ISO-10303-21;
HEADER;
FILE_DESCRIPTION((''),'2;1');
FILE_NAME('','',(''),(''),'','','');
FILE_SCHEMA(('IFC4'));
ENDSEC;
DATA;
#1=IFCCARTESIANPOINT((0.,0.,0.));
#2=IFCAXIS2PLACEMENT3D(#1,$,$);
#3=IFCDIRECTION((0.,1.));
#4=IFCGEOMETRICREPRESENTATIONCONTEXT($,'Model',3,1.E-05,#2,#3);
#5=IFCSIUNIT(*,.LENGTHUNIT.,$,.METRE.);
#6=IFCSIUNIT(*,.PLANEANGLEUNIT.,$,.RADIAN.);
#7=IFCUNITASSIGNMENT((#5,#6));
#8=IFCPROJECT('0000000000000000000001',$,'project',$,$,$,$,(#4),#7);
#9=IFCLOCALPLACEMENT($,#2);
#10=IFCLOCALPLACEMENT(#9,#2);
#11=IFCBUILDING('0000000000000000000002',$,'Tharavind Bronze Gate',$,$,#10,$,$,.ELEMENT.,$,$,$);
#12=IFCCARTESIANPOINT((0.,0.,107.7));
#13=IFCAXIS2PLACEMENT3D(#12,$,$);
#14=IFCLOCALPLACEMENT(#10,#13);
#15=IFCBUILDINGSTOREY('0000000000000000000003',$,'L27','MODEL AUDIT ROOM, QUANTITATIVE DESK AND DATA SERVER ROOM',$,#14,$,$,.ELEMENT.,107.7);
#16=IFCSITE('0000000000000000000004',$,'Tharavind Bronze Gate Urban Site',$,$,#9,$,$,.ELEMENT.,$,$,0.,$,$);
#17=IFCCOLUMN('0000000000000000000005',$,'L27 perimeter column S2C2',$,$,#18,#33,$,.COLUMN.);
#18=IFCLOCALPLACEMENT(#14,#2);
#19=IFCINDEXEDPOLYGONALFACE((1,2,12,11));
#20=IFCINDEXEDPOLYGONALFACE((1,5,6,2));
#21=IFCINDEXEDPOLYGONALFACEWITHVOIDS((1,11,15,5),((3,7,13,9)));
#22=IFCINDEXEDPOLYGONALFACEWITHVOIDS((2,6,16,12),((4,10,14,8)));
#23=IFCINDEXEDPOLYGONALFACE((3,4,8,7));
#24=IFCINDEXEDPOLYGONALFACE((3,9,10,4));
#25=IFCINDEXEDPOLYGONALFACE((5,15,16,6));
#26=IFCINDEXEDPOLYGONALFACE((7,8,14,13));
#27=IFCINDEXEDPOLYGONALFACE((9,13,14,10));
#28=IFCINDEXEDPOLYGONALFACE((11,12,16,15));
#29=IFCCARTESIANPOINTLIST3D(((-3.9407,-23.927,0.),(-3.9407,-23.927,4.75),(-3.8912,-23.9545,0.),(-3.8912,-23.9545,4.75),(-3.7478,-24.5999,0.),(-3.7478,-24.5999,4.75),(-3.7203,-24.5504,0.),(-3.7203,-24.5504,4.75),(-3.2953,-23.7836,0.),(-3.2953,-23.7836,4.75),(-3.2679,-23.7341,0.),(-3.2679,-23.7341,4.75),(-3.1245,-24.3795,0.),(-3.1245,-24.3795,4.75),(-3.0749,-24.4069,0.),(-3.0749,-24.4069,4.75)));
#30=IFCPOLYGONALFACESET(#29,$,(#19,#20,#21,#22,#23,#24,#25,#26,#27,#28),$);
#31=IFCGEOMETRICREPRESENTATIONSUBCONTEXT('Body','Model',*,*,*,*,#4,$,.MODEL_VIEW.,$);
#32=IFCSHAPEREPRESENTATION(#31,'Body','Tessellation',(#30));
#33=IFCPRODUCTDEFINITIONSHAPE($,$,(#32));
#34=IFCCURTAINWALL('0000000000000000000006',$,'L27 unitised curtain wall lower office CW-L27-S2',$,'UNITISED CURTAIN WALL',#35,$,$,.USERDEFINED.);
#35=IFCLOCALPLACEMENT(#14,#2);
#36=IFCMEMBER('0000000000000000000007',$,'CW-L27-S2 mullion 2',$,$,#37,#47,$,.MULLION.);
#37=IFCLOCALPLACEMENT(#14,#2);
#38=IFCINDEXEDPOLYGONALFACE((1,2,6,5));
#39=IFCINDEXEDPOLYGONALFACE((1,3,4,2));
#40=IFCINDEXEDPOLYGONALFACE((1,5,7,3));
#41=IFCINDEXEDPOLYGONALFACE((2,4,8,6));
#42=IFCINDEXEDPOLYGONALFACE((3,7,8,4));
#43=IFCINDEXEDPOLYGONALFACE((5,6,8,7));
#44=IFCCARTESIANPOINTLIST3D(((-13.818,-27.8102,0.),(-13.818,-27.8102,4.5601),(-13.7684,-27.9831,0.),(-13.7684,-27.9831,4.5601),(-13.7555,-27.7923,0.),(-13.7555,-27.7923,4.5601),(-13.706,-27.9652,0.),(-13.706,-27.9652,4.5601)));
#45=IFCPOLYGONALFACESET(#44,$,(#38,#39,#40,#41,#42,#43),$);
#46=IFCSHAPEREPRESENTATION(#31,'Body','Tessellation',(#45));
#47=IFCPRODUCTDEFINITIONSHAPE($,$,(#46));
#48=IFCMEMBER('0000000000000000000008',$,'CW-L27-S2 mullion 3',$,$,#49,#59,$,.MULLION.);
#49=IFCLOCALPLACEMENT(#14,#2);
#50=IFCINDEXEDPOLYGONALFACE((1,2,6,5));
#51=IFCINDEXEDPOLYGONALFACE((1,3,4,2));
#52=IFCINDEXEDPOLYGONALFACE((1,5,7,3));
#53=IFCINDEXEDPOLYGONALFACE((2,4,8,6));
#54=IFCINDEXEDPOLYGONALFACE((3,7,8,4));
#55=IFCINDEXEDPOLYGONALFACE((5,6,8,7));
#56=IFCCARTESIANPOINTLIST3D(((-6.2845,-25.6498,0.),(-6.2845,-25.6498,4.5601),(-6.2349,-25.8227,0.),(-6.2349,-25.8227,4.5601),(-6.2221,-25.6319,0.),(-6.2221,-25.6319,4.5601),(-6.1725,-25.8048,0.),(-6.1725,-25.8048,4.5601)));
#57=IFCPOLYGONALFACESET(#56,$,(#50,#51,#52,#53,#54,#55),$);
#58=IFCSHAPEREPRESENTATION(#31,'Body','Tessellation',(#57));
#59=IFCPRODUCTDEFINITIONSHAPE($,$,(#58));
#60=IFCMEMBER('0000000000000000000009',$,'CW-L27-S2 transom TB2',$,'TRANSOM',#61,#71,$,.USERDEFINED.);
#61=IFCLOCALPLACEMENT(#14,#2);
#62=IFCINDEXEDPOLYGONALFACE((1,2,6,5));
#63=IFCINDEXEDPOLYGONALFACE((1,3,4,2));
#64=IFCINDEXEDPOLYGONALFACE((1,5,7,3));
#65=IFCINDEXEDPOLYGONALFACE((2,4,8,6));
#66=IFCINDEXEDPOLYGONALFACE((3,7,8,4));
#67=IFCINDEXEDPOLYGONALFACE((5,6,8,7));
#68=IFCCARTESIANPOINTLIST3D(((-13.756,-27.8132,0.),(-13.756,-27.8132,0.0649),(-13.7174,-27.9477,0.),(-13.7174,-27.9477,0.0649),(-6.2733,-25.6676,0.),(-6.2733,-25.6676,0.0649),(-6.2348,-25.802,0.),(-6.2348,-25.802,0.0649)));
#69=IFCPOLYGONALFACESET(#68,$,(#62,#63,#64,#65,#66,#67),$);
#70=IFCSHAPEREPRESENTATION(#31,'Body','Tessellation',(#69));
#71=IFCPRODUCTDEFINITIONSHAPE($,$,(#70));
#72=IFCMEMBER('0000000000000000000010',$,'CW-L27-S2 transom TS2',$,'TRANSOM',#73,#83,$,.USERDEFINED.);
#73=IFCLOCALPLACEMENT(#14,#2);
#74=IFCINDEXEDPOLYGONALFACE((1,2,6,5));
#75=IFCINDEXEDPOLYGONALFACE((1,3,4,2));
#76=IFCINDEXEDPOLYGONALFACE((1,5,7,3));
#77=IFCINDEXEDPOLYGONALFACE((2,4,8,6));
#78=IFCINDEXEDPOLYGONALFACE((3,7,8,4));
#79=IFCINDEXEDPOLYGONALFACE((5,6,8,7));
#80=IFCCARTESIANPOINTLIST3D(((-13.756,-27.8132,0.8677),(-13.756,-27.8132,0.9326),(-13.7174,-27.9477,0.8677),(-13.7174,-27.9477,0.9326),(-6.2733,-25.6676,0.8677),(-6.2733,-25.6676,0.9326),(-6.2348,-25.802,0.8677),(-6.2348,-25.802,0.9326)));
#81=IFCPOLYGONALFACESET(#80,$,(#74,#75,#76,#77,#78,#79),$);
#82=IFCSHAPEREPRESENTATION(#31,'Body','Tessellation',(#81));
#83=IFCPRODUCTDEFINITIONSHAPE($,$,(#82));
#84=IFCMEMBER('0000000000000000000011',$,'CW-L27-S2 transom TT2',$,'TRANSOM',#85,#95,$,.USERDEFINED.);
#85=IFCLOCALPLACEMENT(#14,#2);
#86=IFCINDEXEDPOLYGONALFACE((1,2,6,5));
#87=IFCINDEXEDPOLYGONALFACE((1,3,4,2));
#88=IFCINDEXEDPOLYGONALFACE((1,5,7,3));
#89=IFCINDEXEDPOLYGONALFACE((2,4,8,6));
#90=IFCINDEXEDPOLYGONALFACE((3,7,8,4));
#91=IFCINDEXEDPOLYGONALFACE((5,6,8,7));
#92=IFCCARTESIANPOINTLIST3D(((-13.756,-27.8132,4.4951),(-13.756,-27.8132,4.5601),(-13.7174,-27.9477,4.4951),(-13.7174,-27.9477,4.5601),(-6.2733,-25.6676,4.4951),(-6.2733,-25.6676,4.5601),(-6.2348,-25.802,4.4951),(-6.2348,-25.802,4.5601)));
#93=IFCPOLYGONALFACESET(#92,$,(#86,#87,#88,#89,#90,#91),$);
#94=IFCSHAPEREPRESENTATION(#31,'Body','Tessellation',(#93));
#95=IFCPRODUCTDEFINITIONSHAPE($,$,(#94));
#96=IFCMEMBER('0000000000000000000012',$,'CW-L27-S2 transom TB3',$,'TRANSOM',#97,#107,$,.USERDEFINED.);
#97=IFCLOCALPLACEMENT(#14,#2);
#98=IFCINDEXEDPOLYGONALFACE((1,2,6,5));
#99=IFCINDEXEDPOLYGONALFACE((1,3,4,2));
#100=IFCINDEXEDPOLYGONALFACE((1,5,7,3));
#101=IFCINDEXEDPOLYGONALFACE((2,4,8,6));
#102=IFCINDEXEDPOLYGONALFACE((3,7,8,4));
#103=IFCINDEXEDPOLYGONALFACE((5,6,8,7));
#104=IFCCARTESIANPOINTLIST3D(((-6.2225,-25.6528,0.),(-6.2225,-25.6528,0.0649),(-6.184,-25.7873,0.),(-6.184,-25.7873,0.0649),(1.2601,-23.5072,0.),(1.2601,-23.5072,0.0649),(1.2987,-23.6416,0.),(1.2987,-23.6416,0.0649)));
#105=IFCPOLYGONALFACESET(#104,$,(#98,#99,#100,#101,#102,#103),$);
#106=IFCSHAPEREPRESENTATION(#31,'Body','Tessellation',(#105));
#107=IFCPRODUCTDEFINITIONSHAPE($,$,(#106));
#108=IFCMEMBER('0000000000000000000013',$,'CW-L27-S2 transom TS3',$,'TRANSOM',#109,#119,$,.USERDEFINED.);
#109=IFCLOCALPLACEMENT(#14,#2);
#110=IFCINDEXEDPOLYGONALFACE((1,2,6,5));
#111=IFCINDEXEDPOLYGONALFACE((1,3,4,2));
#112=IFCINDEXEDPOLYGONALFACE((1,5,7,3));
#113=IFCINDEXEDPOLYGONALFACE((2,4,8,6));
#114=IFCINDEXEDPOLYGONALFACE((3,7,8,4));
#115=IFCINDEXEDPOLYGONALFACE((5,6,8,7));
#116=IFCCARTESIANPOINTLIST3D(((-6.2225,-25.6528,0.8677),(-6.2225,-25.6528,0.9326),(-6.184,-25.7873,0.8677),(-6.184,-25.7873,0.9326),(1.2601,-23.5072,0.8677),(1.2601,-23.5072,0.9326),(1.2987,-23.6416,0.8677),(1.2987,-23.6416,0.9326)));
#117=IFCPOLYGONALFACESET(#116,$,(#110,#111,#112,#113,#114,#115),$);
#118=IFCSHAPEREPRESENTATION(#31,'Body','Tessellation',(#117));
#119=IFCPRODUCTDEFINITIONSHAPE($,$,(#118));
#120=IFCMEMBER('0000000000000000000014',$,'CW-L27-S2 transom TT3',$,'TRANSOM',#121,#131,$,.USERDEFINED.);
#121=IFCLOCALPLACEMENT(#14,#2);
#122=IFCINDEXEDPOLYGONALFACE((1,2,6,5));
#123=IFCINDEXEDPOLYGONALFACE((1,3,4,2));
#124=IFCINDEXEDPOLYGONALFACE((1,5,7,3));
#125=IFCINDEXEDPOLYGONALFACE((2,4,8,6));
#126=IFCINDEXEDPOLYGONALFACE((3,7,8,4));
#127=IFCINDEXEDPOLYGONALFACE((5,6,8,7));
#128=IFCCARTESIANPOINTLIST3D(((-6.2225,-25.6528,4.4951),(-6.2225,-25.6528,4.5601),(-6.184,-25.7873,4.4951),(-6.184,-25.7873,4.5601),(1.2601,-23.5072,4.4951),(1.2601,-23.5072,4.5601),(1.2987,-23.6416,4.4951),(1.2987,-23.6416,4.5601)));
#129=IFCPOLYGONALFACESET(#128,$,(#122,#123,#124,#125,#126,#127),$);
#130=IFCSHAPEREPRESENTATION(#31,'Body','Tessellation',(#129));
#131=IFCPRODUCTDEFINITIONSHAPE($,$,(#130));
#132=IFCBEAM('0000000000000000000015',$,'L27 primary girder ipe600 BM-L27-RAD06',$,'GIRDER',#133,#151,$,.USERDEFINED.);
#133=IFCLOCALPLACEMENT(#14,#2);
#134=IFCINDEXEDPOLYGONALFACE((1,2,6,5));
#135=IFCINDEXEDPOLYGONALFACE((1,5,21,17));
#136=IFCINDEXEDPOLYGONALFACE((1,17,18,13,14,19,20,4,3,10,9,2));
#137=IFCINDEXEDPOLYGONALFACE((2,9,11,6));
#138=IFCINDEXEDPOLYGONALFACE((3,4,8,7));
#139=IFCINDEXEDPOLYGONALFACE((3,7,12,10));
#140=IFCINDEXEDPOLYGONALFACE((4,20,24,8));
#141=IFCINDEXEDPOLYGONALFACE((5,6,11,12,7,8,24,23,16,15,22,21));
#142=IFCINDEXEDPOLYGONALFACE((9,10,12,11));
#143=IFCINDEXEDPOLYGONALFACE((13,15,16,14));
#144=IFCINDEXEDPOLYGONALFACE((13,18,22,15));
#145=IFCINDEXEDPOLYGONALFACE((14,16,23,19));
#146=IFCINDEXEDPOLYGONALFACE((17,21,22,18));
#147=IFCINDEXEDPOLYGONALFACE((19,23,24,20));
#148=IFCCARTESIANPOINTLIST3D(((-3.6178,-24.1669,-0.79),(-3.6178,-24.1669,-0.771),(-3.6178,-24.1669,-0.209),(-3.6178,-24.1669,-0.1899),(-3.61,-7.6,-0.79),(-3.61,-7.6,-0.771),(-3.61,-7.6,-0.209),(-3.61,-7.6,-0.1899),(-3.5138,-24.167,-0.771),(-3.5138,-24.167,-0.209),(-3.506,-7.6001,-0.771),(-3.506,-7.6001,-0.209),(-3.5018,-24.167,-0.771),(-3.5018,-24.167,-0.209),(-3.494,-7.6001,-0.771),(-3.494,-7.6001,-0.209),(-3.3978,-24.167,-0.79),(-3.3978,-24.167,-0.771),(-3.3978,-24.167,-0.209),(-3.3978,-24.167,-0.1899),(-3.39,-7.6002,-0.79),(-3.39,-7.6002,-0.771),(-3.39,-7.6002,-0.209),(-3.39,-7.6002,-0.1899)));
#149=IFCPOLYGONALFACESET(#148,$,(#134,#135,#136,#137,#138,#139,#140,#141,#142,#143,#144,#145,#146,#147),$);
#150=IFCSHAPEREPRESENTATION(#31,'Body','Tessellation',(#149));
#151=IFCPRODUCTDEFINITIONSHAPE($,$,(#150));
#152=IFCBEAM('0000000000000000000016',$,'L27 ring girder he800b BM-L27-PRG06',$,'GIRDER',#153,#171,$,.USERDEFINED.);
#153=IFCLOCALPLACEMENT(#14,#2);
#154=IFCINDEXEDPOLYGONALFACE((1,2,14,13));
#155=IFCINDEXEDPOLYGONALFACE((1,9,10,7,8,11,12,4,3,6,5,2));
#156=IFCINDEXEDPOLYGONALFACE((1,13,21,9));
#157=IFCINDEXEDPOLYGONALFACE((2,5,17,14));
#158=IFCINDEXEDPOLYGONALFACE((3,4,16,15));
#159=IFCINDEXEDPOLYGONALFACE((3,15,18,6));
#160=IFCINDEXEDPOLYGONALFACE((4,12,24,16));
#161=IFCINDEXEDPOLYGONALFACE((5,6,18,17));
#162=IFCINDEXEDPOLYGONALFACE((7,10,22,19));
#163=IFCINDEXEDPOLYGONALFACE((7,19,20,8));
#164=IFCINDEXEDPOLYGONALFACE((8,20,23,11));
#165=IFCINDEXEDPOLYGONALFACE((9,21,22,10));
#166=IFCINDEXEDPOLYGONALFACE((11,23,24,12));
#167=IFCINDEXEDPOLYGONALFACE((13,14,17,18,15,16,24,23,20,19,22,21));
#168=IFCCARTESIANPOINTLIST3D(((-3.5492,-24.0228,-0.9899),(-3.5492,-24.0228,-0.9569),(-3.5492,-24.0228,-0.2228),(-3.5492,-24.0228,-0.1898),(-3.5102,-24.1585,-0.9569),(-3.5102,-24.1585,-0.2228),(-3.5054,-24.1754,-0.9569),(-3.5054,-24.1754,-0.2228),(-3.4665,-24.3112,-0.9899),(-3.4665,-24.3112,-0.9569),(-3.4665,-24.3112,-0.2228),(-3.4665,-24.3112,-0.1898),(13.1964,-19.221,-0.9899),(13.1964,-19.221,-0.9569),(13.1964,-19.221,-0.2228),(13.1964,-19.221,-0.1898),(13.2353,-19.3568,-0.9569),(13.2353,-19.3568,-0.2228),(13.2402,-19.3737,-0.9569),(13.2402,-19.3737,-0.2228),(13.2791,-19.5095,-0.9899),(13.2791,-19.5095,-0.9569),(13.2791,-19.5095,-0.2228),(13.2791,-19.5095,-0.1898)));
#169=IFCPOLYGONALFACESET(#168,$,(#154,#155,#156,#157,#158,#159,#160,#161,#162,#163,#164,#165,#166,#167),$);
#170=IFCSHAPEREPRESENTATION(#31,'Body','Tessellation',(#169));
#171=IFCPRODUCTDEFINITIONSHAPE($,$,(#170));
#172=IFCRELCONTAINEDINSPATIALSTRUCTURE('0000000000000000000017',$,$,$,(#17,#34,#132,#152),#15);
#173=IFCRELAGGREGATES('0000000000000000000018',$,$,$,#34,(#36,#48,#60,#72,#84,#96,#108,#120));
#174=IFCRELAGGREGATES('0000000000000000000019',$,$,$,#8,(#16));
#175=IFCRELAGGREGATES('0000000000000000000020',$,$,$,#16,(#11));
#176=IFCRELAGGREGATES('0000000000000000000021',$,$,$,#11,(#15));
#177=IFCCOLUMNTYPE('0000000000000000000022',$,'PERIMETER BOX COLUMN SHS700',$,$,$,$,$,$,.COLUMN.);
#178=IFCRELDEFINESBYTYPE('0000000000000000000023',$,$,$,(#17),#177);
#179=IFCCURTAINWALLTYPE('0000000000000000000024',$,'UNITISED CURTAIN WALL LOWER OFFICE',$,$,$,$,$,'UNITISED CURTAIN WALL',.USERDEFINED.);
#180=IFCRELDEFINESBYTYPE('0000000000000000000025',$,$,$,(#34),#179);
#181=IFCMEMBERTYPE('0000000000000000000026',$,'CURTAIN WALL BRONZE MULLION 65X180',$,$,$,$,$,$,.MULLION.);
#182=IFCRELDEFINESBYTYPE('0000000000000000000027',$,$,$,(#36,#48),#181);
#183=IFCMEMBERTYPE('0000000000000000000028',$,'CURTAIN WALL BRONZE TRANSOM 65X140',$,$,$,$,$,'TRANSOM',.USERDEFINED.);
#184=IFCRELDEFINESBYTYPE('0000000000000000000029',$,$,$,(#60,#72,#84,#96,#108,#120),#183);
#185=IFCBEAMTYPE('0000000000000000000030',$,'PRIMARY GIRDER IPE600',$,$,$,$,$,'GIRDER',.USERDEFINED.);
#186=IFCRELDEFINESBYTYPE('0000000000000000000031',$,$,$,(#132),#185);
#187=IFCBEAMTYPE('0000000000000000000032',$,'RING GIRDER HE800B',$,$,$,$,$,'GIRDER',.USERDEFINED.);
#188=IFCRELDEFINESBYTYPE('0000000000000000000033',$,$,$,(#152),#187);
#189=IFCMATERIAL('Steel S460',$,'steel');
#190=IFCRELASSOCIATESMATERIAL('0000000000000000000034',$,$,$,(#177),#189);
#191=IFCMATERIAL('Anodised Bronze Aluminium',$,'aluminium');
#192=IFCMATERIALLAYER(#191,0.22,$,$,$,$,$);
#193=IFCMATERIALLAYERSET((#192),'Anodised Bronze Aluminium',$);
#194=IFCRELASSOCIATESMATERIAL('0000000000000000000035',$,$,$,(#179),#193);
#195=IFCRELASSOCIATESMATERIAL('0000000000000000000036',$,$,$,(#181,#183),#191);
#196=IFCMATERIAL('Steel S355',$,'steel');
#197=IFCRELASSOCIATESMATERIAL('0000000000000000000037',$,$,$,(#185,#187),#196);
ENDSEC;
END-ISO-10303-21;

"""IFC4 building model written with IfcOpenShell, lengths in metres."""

from ifc_helpers import new_model, si_unit, direction, frame, origin, origin_2d, place, context, subcontext, project, spatial, rectangle, hollow_rectangle, i_section, extrude, material, layer, layer_set, material_profile, profile_set, type_object, element, aggregate, save


model = new_model("IFC4")

# Units and contexts
model_context = context("Model", 3, precision=1e-05, world=origin(), true_north=direction((0.0, 1.0)))
body_context = subcontext(model_context, "Body", "Model", "MODEL_VIEW")
ifc_project = project(units=[si_unit("LENGTHUNIT", "METRE"), si_unit("PLANEANGLEUNIT", "RADIAN")], contexts=[model_context])

# Site, building, storey
site_placement = place(None, origin())
site = spatial("IfcSite", under=ifc_project, at=site_placement, Name="Tharavind Bronze Gate Urban Site", CompositionType="ELEMENT", RefElevation=0.0)
building_placement = place(site_placement, origin())
building = spatial("IfcBuilding", under=site, at=building_placement, Name="Tharavind Bronze Gate", CompositionType="ELEMENT")
storey_placement = place(building_placement, frame((0.0, 0.0, 107.7)))
storey = spatial("IfcBuildingStorey", under=building, at=storey_placement, Name="L27", Description="MODEL AUDIT ROOM, QUANTITATIVE DESK AND DATA SERVER ROOM", CompositionType="ELEMENT", Elevation=107.7)

# Column
ifc_material_1 = material(Name="Steel S460", Category="steel")
ifc_material_profile_1 = material_profile(ifc_material_1, hollow_rectangle(XDim=0.7, YDim=0.7, WallThickness=0.04, at=origin_2d()), Name="SHS700X40")
ifc_profile_set_1 = profile_set([ifc_material_profile_1], Name="Steel S460")
column_type = type_object("IfcColumnType", Name="PERIMETER BOX COLUMN SHS700", PredefinedType="COLUMN", material=ifc_profile_set_1)
column_placement = place(storey_placement, frame((-3.5078, -24.167, 0.0), z_axis=(0.0, 0.0, 1.0), x_axis=(0.961262, 0.275637, 0.0)))
element("IfcColumn", 1, at=column_placement, inside=storey, type_object=column_type, Name="L27 perimeter column S2C2", PredefinedType="COLUMN", context=body_context, shape_type="SweptSolid", body=[
    extrude(hollow_rectangle(XDim=0.7, YDim=0.7, WallThickness=0.04, at=origin_2d()), origin(), (0.0, 0.0, 1.0), 4.75),
])

# Curtain wall, members
ifc_material_2 = material(Name="Anodised Bronze Aluminium", Category="aluminium")
ifc_layer_1 = layer(ifc_material_2, 0.22)
ifc_layer_set_1 = layer_set([ifc_layer_1], Name="Anodised Bronze Aluminium")
curtain_wall_type = type_object("IfcCurtainWallType", Name="UNITISED CURTAIN WALL LOWER OFFICE", ElementType="UNITISED CURTAIN WALL", PredefinedType="USERDEFINED", material=ifc_layer_set_1)
curtain_wall_placement = place(storey_placement, origin())
curtain_wall = element("IfcCurtainWall", 2, at=curtain_wall_placement, inside=storey, type_object=curtain_wall_type, Name="L27 unitised curtain wall lower office CW-L27-S2", ObjectType="UNITISED CURTAIN WALL", PredefinedType="USERDEFINED")
member_type_1 = type_object("IfcMemberType", Name="CURTAIN WALL BRONZE MULLION 65X180", PredefinedType="MULLION", material=ifc_material_2)
member_1_placement = place(storey_placement, frame((-13.762, -27.8877, 0.0), z_axis=(0.0, 0.0, 1.0), x_axis=(0.961262, 0.275637, 0.0)))
member_1 = element("IfcMember", 3, at=member_1_placement, type_object=member_type_1, Name="CW-L27-S2 mullion 2", PredefinedType="MULLION", context=body_context, shape_type="SweptSolid", body=[
    extrude(rectangle(XDim=0.0649, YDim=0.1799, at=origin_2d()), origin(), (0.0, 0.0, 1.0), 4.5601),
])
member_2_placement = place(storey_placement, frame((-6.2285, -25.7273, 0.0), z_axis=(0.0, 0.0, 1.0), x_axis=(0.961262, 0.275637, 0.0)))
member_2 = element("IfcMember", 4, at=member_2_placement, type_object=member_type_1, Name="CW-L27-S2 mullion 3", PredefinedType="MULLION", context=body_context, shape_type="SweptSolid", body=[
    extrude(rectangle(XDim=0.0649, YDim=0.1799, at=origin_2d()), origin(), (0.0, 0.0, 1.0), 4.5601),
])
member_type_2 = type_object("IfcMemberType", Name="CURTAIN WALL BRONZE TRANSOM 65X140", ElementType="TRANSOM", PredefinedType="USERDEFINED", material=ifc_material_2)
member_3_placement = place(storey_placement, frame((-9.9954, -26.8076, 0.0), z_axis=(0.0, 0.0, 1.0), x_axis=(0.961262, 0.275637, 0.0)))
member_3 = element("IfcMember", 5, at=member_3_placement, type_object=member_type_2, Name="CW-L27-S2 transom TB2", ObjectType="TRANSOM", PredefinedType="USERDEFINED", context=body_context, shape_type="SweptSolid", body=[
    extrude(rectangle(XDim=7.7842, YDim=0.1399, at=origin_2d()), origin(), (0.0, 0.0, 1.0), 0.0649),
])
member_4_placement = place(storey_placement, frame((-9.9954, -26.8076, 0.8677), z_axis=(0.0, 0.0, 1.0), x_axis=(0.961262, 0.275637, 0.0)))
member_4 = element("IfcMember", 6, at=member_4_placement, type_object=member_type_2, Name="CW-L27-S2 transom TS2", ObjectType="TRANSOM", PredefinedType="USERDEFINED", context=body_context, shape_type="SweptSolid", body=[
    extrude(rectangle(XDim=7.7842, YDim=0.1399, at=origin_2d()), origin(), (0.0, 0.0, 1.0), 0.0649),
])
member_5_placement = place(storey_placement, frame((-9.9954, -26.8076, 4.4951), z_axis=(0.0, 0.0, 1.0), x_axis=(0.961262, 0.275637, 0.0)))
member_5 = element("IfcMember", 7, at=member_5_placement, type_object=member_type_2, Name="CW-L27-S2 transom TT2", ObjectType="TRANSOM", PredefinedType="USERDEFINED", context=body_context, shape_type="SweptSolid", body=[
    extrude(rectangle(XDim=7.7842, YDim=0.1399, at=origin_2d()), origin(), (0.0, 0.0, 1.0), 0.0649),
])
member_6_placement = place(storey_placement, frame((-2.4619, -24.6472, 0.0), z_axis=(0.0, 0.0, 1.0), x_axis=(0.961262, 0.275637, 0.0)))
member_6 = element("IfcMember", 8, at=member_6_placement, type_object=member_type_2, Name="CW-L27-S2 transom TB3", ObjectType="TRANSOM", PredefinedType="USERDEFINED", context=body_context, shape_type="SweptSolid", body=[
    extrude(rectangle(XDim=7.7842, YDim=0.1399, at=origin_2d()), origin(), (0.0, 0.0, 1.0), 0.0649),
])
member_7_placement = place(storey_placement, frame((-2.4619, -24.6472, 0.8677), z_axis=(0.0, 0.0, 1.0), x_axis=(0.961262, 0.275637, 0.0)))
member_7 = element("IfcMember", 9, at=member_7_placement, type_object=member_type_2, Name="CW-L27-S2 transom TS3", ObjectType="TRANSOM", PredefinedType="USERDEFINED", context=body_context, shape_type="SweptSolid", body=[
    extrude(rectangle(XDim=7.7842, YDim=0.1399, at=origin_2d()), origin(), (0.0, 0.0, 1.0), 0.0649),
])
member_8_placement = place(storey_placement, frame((-2.4619, -24.6472, 4.4951), z_axis=(0.0, 0.0, 1.0), x_axis=(0.961262, 0.275637, 0.0)))
member_8 = element("IfcMember", 10, at=member_8_placement, type_object=member_type_2, Name="CW-L27-S2 transom TT3", ObjectType="TRANSOM", PredefinedType="USERDEFINED", context=body_context, shape_type="SweptSolid", body=[
    extrude(rectangle(XDim=7.7842, YDim=0.1399, at=origin_2d()), origin(), (0.0, 0.0, 1.0), 0.0649),
])

# Beams
ifc_material_3 = material(Name="Steel S355", Category="steel")
ifc_material_profile_2 = material_profile(ifc_material_3, i_section(OverallWidth=0.22, OverallDepth=0.6001, WebThickness=0.012, FlangeThickness=0.019, at=origin_2d()), Name="IPE600")
ifc_profile_set_2 = profile_set([ifc_material_profile_2], Name="Steel S355")
beam_type_1 = type_object("IfcBeamType", Name="PRIMARY GIRDER IPE600", ElementType="GIRDER", PredefinedType="USERDEFINED", material=ifc_profile_set_2)
beam_1_placement = place(storey_placement, frame((-3.5078, -24.167, -0.49), z_axis=(0.000472, 1.0, 0.0), x_axis=(-1.0, 0.000472, 0.0)))
element("IfcBeam", 11, at=beam_1_placement, inside=storey, type_object=beam_type_1, Name="L27 primary girder ipe600 BM-L27-RAD06", ObjectType="GIRDER", PredefinedType="USERDEFINED", context=body_context, shape_type="SweptSolid", body=[
    extrude(i_section(OverallWidth=0.22, OverallDepth=0.6001, WebThickness=0.012, FlangeThickness=0.019, at=origin_2d()), origin(), (0.0, 0.0, 1.0), 16.5669),
])
ifc_material_profile_3 = material_profile(ifc_material_3, i_section(OverallWidth=0.3, OverallDepth=0.8, WebThickness=0.0176, FlangeThickness=0.033, at=origin_2d()), Name="HE800B")
ifc_profile_set_3 = profile_set([ifc_material_profile_3], Name="Steel S355")
beam_type_2 = type_object("IfcBeamType", Name="RING GIRDER HE800B", ElementType="GIRDER", PredefinedType="USERDEFINED", material=ifc_profile_set_3)
beam_2_placement = place(storey_placement, frame((-3.5078, -24.167, -0.5898), z_axis=(0.961261, 0.275639, 0.0), x_axis=(-0.275639, 0.961261, 0.0)))
element("IfcBeam", 12, at=beam_2_placement, inside=storey, type_object=beam_type_2, Name="L27 ring girder he800b BM-L27-PRG06", ObjectType="GIRDER", PredefinedType="USERDEFINED", context=body_context, shape_type="SweptSolid", body=[
    extrude(i_section(OverallWidth=0.3, OverallDepth=0.8, WebThickness=0.0176, FlangeThickness=0.033, at=origin_2d()), origin(), (0.0, 0.0, 1.0), 17.4204),
])

aggregate(curtain_wall, [member_1, member_2, member_3, member_4, member_5, member_6, member_7, member_8])

save(model, "model.ifc")
